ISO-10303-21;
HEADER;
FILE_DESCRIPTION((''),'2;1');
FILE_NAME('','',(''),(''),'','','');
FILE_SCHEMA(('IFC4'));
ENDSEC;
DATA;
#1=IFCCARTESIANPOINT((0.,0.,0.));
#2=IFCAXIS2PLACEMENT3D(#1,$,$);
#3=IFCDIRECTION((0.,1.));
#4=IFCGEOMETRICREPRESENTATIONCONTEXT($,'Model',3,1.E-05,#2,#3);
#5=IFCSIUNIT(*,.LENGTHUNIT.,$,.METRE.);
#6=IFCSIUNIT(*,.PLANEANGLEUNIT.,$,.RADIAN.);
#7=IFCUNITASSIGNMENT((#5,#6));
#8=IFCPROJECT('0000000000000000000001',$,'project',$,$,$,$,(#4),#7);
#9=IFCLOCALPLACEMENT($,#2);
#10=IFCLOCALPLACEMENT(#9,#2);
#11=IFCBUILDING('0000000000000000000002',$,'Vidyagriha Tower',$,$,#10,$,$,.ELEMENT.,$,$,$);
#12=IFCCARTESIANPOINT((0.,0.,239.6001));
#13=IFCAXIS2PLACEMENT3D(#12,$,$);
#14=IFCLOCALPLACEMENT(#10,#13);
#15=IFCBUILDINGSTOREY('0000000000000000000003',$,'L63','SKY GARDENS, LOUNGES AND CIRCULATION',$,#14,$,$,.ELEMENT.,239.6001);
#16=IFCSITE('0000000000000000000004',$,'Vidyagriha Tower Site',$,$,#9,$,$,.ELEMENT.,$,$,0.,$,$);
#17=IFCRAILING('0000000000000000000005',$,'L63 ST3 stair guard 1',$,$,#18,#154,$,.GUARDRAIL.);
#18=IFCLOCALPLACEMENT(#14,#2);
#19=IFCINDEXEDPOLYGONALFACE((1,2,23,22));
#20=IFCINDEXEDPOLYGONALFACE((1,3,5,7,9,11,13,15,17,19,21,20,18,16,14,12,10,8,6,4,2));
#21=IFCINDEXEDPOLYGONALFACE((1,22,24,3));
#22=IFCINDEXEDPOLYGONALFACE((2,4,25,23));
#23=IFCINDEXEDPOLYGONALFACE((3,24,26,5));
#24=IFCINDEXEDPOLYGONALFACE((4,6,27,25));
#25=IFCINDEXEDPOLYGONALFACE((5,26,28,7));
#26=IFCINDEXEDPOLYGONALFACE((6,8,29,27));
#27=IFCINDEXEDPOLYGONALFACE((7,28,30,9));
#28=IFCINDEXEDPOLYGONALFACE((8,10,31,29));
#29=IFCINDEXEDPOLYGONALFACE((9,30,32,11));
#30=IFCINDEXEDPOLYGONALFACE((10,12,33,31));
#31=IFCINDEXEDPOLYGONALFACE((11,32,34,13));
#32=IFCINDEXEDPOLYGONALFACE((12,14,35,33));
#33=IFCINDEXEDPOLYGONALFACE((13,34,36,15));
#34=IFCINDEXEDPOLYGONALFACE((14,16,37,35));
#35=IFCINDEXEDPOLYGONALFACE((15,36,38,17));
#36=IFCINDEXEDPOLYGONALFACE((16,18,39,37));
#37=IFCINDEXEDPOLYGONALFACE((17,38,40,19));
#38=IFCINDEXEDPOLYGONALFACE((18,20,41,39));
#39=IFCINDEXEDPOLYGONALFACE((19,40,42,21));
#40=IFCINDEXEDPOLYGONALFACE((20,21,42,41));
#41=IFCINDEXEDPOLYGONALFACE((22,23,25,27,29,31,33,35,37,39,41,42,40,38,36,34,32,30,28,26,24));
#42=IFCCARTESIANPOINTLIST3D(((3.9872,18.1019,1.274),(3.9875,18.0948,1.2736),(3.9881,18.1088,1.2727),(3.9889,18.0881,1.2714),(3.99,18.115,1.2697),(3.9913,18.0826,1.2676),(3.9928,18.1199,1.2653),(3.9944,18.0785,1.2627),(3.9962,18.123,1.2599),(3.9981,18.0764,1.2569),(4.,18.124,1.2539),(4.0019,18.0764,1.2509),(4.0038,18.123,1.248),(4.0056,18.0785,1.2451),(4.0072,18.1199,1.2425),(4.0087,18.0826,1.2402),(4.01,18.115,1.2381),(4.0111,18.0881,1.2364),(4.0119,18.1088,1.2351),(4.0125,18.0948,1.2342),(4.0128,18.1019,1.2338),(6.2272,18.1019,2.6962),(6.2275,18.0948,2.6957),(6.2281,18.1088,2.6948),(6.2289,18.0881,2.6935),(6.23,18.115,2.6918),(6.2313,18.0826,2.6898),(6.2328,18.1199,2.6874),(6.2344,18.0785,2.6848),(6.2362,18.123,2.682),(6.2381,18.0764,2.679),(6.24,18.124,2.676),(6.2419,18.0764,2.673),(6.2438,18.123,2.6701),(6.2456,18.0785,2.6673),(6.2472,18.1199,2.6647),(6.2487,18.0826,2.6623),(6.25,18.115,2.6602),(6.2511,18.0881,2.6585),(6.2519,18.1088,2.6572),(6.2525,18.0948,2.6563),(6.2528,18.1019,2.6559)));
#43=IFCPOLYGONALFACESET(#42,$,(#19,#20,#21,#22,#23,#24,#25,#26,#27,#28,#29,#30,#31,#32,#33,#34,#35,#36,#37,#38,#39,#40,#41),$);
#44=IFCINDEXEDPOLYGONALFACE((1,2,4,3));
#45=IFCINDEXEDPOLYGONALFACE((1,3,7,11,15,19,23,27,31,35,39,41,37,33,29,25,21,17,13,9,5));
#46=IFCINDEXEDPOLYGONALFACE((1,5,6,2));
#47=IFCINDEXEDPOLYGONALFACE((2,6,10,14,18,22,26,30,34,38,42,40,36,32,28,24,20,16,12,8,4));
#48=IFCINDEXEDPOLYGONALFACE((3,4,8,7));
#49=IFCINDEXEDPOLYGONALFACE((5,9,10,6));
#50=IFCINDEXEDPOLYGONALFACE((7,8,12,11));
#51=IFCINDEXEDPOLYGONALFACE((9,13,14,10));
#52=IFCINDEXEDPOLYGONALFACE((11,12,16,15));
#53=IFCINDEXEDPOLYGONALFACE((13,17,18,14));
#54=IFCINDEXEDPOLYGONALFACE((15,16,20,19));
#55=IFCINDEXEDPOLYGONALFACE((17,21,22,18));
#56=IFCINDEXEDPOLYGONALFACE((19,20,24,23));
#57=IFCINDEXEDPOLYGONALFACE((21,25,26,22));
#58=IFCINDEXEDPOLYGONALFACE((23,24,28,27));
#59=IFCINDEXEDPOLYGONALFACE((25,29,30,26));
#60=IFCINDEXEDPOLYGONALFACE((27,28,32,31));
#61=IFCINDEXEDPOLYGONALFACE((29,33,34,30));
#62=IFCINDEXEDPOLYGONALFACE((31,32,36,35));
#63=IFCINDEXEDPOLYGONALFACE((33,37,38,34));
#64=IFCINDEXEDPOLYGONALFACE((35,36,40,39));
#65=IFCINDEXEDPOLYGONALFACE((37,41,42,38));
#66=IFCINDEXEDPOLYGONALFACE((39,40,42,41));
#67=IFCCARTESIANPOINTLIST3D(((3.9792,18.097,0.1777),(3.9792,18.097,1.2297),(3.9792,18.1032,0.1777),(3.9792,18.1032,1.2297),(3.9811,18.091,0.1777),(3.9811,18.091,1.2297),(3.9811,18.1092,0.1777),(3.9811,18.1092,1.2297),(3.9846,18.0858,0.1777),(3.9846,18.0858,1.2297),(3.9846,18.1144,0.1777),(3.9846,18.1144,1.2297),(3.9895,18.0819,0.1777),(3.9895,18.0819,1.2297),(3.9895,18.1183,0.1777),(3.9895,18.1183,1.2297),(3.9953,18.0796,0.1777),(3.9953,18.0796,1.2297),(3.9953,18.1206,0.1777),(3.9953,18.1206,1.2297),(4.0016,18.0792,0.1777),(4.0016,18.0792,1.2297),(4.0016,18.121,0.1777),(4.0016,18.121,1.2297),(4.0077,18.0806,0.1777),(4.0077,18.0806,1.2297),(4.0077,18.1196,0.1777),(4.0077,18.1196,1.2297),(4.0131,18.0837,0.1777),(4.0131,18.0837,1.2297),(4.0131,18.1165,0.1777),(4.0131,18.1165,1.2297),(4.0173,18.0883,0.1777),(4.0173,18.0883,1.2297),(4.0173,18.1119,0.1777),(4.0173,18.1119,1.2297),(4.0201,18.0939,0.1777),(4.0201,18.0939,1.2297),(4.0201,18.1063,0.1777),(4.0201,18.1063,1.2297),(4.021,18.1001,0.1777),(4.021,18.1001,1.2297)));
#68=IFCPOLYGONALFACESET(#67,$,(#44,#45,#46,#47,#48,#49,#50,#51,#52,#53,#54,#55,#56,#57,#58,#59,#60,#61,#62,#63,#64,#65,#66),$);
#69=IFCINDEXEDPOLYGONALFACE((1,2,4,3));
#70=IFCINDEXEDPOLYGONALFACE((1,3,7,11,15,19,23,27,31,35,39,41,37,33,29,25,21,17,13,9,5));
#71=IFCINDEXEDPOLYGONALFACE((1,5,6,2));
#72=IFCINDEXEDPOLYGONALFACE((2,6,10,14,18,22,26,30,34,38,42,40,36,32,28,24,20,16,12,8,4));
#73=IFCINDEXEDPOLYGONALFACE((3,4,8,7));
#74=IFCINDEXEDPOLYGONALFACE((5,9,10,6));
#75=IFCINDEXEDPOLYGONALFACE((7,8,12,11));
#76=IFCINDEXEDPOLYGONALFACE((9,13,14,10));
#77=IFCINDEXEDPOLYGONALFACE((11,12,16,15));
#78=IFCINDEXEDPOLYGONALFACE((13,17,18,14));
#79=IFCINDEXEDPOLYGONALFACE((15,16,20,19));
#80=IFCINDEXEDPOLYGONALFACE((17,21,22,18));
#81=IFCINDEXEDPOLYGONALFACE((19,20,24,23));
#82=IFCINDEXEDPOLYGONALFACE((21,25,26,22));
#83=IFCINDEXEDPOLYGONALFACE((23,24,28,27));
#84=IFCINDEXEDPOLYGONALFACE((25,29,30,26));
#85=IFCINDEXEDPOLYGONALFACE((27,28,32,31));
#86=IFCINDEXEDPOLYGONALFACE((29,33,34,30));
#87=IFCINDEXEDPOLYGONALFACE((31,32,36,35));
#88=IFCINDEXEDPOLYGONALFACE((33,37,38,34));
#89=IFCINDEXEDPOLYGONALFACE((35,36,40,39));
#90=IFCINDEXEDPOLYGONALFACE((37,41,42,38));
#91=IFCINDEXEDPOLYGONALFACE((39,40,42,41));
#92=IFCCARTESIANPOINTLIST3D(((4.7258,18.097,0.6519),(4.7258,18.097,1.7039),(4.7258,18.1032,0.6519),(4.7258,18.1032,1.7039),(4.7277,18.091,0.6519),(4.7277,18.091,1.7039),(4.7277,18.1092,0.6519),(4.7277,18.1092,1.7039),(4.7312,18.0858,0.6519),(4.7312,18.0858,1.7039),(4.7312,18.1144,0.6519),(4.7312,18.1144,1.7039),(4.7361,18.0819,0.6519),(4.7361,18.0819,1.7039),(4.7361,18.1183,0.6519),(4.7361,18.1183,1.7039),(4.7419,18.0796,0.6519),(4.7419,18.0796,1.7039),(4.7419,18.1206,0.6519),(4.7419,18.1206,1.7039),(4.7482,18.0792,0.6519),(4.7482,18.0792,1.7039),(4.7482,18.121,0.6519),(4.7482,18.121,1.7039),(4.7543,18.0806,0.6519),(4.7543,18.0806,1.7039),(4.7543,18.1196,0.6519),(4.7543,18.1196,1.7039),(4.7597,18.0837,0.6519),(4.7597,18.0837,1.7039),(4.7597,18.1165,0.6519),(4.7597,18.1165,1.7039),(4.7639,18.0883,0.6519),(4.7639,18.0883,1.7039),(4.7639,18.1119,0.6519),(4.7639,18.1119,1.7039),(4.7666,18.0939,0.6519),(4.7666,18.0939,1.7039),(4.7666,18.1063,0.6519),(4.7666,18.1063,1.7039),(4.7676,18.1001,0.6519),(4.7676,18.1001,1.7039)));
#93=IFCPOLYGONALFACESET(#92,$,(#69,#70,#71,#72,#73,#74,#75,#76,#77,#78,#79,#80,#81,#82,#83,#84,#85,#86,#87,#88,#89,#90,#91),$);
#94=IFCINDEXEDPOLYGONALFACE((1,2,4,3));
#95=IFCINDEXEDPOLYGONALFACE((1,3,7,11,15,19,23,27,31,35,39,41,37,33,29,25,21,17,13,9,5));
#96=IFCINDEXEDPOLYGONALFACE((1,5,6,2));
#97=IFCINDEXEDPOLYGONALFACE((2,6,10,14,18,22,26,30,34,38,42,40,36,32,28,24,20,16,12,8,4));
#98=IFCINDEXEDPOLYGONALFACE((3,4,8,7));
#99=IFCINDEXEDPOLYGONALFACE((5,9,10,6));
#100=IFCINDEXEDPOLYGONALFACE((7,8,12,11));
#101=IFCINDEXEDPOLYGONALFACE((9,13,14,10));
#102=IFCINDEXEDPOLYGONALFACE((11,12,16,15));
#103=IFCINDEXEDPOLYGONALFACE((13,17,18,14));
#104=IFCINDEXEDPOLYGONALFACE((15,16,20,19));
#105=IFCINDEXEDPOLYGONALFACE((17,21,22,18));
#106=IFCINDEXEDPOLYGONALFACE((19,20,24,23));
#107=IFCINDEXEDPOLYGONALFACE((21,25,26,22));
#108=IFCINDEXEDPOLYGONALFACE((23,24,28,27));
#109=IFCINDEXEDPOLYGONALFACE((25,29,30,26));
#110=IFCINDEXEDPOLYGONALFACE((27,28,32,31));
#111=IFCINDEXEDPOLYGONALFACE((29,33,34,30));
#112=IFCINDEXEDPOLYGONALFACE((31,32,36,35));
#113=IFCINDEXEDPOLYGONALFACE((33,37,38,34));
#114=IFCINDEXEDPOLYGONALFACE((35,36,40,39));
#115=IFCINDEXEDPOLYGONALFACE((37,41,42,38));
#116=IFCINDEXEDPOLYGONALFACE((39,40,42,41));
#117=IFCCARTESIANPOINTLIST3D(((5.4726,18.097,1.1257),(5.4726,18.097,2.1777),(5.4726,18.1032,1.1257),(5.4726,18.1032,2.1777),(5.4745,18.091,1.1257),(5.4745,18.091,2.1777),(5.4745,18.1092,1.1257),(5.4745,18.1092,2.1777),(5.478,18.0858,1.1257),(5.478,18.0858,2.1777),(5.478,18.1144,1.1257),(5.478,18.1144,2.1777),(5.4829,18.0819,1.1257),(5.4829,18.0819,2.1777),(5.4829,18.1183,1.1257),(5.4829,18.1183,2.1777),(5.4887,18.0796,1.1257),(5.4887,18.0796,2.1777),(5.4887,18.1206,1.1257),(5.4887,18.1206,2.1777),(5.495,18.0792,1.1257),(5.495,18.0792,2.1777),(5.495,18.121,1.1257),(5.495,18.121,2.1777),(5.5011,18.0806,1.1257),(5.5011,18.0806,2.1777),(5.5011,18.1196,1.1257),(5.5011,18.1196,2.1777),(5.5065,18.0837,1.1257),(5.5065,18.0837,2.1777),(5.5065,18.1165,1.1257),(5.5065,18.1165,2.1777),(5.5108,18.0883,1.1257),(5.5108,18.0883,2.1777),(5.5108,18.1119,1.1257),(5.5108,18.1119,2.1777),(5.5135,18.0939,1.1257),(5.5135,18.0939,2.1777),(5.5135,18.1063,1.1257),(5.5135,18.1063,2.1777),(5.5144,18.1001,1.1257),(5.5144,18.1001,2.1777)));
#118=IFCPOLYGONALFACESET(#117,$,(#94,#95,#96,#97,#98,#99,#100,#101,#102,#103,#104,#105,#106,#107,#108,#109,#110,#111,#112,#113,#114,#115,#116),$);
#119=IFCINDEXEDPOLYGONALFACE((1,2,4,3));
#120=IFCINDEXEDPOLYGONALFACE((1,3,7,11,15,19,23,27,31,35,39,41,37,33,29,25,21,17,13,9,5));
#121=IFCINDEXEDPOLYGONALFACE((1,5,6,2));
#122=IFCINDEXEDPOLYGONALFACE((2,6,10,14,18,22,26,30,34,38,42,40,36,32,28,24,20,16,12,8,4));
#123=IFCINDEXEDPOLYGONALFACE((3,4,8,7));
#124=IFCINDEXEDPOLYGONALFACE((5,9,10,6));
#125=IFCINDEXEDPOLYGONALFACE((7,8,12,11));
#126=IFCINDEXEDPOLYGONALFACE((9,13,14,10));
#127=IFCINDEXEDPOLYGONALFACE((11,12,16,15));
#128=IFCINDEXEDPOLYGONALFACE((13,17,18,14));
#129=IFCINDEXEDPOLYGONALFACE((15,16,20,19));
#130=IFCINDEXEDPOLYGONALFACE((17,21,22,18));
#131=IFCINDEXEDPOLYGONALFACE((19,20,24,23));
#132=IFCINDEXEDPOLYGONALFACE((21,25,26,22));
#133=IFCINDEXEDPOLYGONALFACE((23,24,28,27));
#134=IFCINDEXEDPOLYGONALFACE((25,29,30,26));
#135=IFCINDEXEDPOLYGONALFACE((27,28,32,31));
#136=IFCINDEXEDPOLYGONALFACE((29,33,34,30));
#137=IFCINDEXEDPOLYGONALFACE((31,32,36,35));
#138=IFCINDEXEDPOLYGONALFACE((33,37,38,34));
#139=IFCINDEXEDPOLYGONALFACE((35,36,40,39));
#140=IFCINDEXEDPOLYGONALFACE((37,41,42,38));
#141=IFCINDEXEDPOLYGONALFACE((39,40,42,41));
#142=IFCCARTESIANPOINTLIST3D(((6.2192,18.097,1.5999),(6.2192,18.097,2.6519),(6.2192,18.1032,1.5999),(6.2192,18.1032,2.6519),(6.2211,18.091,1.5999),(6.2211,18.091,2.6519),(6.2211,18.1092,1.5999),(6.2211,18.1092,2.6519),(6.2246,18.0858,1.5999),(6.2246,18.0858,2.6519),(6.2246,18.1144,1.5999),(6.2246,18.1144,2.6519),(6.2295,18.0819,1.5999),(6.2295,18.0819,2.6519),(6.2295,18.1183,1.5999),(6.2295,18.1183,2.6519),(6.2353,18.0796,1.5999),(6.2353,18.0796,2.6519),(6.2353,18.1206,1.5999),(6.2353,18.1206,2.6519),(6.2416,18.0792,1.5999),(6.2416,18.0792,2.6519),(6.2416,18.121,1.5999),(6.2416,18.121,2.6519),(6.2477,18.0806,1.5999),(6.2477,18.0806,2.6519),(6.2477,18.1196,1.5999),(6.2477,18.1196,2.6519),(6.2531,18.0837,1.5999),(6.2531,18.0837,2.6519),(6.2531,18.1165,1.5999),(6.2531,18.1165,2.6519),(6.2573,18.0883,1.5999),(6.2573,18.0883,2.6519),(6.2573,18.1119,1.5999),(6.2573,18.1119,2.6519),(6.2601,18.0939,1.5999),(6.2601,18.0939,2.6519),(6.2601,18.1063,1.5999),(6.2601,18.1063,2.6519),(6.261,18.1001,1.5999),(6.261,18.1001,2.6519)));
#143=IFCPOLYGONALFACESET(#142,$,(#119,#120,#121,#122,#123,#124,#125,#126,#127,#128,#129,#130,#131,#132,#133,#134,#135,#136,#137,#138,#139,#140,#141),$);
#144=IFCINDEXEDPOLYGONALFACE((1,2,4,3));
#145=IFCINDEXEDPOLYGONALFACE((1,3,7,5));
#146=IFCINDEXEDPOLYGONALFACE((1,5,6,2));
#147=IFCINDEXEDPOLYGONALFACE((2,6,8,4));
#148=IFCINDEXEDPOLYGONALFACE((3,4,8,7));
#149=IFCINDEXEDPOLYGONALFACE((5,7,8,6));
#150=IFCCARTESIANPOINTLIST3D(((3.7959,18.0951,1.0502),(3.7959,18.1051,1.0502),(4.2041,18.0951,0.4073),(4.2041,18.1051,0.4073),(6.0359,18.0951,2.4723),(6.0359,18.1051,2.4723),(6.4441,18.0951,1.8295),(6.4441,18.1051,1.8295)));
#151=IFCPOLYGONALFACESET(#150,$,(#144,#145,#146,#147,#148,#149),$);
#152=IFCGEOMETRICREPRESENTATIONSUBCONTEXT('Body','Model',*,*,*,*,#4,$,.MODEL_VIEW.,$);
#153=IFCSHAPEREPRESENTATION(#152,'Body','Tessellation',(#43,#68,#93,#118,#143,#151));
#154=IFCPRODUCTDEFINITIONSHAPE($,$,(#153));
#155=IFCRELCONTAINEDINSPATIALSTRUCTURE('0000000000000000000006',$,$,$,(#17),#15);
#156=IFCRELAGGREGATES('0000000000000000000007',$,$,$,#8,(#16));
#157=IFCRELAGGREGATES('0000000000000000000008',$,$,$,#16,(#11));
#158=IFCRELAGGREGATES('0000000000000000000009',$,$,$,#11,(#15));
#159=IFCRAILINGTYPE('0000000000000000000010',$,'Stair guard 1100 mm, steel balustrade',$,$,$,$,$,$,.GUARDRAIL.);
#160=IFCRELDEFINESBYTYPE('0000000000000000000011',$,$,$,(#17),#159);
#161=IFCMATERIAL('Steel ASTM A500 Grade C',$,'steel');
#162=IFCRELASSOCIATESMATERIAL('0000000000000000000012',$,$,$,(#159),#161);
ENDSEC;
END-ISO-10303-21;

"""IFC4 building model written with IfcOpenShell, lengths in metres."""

from ifc_helpers import new_model, si_unit, direction, frame, origin, origin_2d, place, context, subcontext, project, spatial, rectangle, circle, extrude, material, type_object, element, save


model = new_model("IFC4")

# Units and contexts
model_context = context("Model", 3, precision=1e-05, world=origin(), true_north=direction((0.0, 1.0)))
body_context = subcontext(model_context, "Body", "Model", "MODEL_VIEW")
ifc_project = project(units=[si_unit("LENGTHUNIT", "METRE"), si_unit("PLANEANGLEUNIT", "RADIAN")], contexts=[model_context])

# Site, building, storey
site_placement = place(None, origin())
site = spatial("IfcSite", under=ifc_project, at=site_placement, Name="Vidyagriha Tower Site", CompositionType="ELEMENT", RefElevation=0.0)
building_placement = place(site_placement, origin())
building = spatial("IfcBuilding", under=site, at=building_placement, Name="Vidyagriha Tower", CompositionType="ELEMENT")
storey_placement = place(building_placement, frame((0.0, 0.0, 239.6001)))
storey = spatial("IfcBuildingStorey", under=building, at=storey_placement, Name="L63", Description="SKY GARDENS, LOUNGES AND CIRCULATION", CompositionType="ELEMENT", Elevation=239.6001)

# Railing
ifc_material_1 = material(Name="Steel ASTM A500 Grade C", Category="steel")
railing_type_1 = type_object("IfcRailingType", Name="Stair guard 1100 mm, steel balustrade", PredefinedType="GUARDRAIL", material=ifc_material_1)
railing_1_placement = place(storey_placement, frame((4.0, 18.1001, 0.1777)))
element("IfcRailing", 1, at=railing_1_placement, inside=storey, type_object=railing_type_1, Name="L63 ST3 stair guard 1", PredefinedType="GUARDRAIL", context=body_context, shape_type="SweptSolid", body=[
    extrude(circle(Radius=0.0239, at=origin_2d()), frame((0.0, 0.0, 1.0762), z_axis=(0.844229, 0.0, 0.535982), x_axis=(0.0, 1.0, 0.0)), (0.0, 0.0, 1.0), 2.6533),
    extrude(circle(Radius=0.021, at=origin_2d()), origin(), (0.0, 0.0, 1.0), 1.052),
    extrude(circle(Radius=0.021, at=origin_2d()), frame((0.7466, 0.0, 0.4741)), (0.0, 0.0, 1.0), 1.052),
    extrude(circle(Radius=0.021, at=origin_2d()), frame((1.4934, 0.0, 0.948)), (0.0, 0.0, 1.0), 1.052),
    extrude(circle(Radius=0.021, at=origin_2d()), frame((2.24, 0.0, 1.4221)), (0.0, 0.0, 1.0), 1.052),
    extrude(rectangle(XDim=0.01, YDim=0.7615, at=origin_2d()), frame((0.0, 0.0, 0.551), z_axis=(0.844229, 0.0, 0.535982), x_axis=(0.0, 1.0, 0.0)), (0.0, 0.0, 1.0), 2.6533),
])

save(model, "model.ifc")
